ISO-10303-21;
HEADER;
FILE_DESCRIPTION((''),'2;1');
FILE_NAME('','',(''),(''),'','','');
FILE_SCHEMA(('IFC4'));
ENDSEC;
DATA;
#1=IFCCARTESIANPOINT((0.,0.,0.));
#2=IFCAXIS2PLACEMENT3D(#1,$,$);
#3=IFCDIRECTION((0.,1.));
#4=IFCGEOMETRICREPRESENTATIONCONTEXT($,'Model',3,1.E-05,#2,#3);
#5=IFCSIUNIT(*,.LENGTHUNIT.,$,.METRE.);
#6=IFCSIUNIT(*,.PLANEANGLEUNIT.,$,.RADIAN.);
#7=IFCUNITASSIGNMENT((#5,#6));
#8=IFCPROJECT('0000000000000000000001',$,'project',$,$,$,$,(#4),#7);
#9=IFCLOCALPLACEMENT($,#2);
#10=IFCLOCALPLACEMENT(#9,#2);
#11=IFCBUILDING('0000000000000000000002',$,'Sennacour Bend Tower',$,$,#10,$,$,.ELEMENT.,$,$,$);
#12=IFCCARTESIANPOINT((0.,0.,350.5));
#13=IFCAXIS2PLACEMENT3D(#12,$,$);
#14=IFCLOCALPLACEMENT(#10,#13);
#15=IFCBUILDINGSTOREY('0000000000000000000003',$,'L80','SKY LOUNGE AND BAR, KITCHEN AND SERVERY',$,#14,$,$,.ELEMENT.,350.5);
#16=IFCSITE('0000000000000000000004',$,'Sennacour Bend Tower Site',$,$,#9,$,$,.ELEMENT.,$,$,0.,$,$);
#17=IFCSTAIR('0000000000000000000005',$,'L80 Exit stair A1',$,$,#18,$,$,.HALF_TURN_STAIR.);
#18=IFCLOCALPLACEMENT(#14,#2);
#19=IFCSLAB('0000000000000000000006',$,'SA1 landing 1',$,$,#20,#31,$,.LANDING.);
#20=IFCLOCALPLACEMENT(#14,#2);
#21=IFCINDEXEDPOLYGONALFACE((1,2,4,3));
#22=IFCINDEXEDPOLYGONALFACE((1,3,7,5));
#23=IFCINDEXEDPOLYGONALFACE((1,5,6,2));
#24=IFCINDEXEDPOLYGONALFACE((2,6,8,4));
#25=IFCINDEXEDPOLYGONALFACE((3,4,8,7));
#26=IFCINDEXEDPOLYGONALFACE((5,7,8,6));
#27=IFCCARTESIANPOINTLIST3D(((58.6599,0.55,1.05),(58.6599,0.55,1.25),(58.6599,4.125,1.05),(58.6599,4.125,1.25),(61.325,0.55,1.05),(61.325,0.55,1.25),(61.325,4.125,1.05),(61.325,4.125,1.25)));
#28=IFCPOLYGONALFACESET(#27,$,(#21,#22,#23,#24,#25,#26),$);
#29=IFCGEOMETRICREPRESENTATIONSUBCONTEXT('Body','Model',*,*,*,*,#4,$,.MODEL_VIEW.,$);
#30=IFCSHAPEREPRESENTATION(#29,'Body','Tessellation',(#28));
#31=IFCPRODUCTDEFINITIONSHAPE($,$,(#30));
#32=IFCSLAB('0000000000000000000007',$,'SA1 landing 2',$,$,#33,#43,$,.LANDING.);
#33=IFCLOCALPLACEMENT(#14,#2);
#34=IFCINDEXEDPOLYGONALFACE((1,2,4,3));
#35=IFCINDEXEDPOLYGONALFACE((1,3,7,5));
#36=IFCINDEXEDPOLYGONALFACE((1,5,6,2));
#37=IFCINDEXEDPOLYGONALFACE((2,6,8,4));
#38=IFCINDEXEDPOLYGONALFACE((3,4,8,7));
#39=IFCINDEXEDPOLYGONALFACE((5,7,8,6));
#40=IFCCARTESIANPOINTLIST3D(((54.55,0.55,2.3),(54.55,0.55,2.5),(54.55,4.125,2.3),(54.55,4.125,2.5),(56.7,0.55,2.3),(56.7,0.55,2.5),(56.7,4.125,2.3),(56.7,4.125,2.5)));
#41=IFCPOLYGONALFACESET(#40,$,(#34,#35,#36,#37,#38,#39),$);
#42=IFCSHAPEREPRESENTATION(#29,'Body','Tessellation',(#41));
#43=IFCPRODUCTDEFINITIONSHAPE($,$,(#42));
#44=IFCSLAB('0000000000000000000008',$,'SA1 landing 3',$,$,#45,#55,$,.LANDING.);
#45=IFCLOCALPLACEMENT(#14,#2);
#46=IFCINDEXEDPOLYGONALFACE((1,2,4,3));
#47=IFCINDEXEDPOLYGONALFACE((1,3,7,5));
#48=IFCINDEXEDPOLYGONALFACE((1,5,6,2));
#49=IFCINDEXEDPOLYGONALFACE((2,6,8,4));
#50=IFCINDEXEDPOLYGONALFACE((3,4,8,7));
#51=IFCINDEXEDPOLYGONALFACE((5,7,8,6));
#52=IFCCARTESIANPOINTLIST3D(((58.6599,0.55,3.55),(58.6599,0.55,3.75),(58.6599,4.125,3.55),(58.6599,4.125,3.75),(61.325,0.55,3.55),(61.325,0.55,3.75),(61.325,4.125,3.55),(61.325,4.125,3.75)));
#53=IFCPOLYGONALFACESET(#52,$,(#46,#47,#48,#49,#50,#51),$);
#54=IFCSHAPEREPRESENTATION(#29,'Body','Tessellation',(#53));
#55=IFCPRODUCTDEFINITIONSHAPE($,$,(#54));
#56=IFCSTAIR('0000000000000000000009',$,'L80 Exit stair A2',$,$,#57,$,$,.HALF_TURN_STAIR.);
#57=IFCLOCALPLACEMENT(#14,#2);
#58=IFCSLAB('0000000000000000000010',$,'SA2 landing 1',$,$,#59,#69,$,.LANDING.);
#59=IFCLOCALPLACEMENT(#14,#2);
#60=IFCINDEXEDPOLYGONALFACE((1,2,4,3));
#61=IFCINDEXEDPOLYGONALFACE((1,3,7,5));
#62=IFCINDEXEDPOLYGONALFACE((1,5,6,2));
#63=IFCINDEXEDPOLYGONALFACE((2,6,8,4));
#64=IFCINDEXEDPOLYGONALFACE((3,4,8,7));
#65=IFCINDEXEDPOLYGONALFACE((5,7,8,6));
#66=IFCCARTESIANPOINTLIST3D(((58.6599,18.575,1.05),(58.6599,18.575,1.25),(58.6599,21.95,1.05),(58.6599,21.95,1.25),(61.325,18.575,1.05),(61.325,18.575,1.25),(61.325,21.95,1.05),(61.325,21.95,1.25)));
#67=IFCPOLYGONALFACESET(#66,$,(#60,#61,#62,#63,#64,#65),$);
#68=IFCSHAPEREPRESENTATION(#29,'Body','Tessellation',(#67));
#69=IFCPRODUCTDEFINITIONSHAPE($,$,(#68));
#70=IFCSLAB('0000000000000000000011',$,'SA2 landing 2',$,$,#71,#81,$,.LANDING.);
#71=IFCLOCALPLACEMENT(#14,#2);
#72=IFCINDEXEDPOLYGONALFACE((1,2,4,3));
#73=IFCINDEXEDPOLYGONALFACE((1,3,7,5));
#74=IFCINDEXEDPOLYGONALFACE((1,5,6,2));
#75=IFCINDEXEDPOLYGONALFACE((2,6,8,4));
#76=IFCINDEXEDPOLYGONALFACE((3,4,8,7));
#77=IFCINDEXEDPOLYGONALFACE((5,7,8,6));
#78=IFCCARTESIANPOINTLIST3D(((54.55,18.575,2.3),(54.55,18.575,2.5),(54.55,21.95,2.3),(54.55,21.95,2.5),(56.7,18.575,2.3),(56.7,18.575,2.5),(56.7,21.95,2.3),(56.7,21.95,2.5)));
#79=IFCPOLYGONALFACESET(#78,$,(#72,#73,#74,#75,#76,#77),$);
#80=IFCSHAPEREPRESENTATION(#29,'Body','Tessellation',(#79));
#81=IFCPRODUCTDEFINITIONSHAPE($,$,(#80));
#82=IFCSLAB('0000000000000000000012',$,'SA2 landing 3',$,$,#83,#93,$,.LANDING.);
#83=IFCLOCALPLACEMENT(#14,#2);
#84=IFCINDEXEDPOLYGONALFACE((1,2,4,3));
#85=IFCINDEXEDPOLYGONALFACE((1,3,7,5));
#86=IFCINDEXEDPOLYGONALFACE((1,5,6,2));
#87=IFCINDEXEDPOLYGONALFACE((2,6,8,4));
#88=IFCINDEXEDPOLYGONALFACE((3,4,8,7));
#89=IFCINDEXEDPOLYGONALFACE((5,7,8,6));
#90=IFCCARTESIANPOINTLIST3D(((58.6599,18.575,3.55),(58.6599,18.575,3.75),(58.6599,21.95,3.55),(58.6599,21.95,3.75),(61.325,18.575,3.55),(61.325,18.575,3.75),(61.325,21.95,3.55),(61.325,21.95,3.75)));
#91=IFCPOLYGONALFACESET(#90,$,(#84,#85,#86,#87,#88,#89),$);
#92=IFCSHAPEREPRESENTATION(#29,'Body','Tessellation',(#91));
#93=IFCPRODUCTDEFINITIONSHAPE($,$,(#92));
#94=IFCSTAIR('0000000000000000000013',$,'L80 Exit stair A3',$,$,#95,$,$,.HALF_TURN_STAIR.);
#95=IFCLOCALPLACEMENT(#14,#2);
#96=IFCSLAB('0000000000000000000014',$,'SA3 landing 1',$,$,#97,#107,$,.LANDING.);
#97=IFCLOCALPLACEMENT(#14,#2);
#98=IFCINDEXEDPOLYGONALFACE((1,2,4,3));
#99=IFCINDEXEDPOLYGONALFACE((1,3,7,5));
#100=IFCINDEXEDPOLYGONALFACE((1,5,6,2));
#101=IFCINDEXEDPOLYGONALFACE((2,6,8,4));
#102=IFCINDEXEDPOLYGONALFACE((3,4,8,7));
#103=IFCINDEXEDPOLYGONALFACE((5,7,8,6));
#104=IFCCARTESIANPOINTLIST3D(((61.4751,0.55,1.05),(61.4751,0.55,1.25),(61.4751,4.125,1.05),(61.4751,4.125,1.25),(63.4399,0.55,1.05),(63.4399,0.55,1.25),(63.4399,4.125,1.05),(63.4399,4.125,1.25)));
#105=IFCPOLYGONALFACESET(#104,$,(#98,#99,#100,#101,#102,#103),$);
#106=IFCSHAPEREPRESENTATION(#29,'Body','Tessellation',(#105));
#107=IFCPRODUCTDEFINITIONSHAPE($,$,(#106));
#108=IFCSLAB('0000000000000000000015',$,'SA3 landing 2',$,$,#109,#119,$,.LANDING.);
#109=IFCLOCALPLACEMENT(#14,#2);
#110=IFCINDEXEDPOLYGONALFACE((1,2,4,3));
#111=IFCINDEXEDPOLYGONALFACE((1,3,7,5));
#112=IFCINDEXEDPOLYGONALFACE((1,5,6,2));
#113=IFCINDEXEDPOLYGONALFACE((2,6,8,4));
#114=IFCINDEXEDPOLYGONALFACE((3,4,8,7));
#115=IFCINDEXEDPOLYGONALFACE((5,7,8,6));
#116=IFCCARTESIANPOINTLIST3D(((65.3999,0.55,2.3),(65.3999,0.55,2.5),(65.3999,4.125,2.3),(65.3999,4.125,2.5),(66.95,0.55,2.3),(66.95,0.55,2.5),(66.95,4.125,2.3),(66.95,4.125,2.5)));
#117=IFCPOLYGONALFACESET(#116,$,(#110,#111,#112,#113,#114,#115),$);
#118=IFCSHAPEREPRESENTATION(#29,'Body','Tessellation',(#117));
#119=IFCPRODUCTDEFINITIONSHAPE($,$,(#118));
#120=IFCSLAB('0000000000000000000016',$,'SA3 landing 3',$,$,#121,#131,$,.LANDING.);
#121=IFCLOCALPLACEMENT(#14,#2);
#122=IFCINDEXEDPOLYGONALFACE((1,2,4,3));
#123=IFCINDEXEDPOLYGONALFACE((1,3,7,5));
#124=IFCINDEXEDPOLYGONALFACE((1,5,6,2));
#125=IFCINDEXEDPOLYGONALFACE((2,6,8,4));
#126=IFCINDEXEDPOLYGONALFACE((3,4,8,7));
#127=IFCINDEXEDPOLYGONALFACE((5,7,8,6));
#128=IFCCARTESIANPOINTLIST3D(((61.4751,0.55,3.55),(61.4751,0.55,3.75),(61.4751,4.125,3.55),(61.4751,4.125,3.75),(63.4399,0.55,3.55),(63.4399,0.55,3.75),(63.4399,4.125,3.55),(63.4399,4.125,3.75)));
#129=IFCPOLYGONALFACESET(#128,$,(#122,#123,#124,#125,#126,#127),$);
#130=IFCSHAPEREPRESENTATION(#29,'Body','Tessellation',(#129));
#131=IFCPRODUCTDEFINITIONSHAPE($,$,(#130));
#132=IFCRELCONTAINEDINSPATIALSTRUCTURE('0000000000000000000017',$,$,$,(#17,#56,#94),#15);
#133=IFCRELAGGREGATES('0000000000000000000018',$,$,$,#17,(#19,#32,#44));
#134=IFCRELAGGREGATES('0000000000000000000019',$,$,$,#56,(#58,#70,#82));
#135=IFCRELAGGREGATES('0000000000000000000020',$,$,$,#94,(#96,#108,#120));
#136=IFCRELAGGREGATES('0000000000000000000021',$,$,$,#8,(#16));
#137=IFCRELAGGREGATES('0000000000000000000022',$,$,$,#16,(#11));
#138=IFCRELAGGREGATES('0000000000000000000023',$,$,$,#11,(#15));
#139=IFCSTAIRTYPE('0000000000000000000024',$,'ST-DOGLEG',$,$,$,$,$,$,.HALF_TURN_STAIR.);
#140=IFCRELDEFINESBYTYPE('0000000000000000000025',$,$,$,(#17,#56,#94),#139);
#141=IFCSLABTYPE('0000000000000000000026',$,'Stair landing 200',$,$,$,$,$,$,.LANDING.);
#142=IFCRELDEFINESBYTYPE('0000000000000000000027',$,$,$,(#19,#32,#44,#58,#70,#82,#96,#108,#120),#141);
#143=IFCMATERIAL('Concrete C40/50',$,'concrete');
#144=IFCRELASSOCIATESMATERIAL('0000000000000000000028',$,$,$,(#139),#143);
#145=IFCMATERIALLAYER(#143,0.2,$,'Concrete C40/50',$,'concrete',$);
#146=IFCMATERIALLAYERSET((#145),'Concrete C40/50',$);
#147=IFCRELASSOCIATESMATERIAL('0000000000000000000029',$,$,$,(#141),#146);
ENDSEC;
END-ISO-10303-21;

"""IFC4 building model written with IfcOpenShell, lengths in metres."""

from ifc_helpers import new_model, si_unit, direction, frame, origin, place, context, subcontext, project, spatial, polyline, outline, extrude, material, layer, layer_set, type_object, element, aggregate, save


model = new_model("IFC4")

# Units and contexts
model_context = context("Model", 3, precision=1e-05, world=origin(), true_north=direction((0.0, 1.0)))
body_context = subcontext(model_context, "Body", "Model", "MODEL_VIEW")
ifc_project = project(units=[si_unit("LENGTHUNIT", "METRE"), si_unit("PLANEANGLEUNIT", "RADIAN")], contexts=[model_context])

# Site, building, storey
site_placement = place(None, origin())
site = spatial("IfcSite", under=ifc_project, at=site_placement, Name="Sennacour Bend Tower Site", CompositionType="ELEMENT", RefElevation=0.0)
building_placement = place(site_placement, origin())
building = spatial("IfcBuilding", under=site, at=building_placement, Name="Sennacour Bend Tower", CompositionType="ELEMENT")
storey_placement = place(building_placement, frame((0.0, 0.0, 350.5)))
storey = spatial("IfcBuildingStorey", under=building, at=storey_placement, Name="L80", Description="SKY LOUNGE AND BAR, KITCHEN AND SERVERY", CompositionType="ELEMENT", Elevation=350.5)

# Stairs, slabs
ifc_material_1 = material(Name="Concrete C40/50", Category="concrete")
stair_type = type_object("IfcStairType", Name="ST-DOGLEG", PredefinedType="HALF_TURN_STAIR", material=ifc_material_1)
stair_1_placement = place(storey_placement, origin())
stair_1 = element("IfcStair", 1, at=stair_1_placement, inside=storey, type_object=stair_type, Name="L80 Exit stair A1", PredefinedType="HALF_TURN_STAIR")
ifc_layer_1 = layer(ifc_material_1, 0.2, Name="Concrete C40/50", Category="concrete")
ifc_layer_set_1 = layer_set([ifc_layer_1], Name="Concrete C40/50")
slab_type_1 = type_object("IfcSlabType", Name="Stair landing 200", PredefinedType="LANDING", material=ifc_layer_set_1)
slab_1_placement = place(storey_placement, frame((0.0, 0.0, 1.05)))
slab_1 = element("IfcSlab", 2, at=slab_1_placement, type_object=slab_type_1, Name="SA1 landing 1", PredefinedType="LANDING", context=body_context, shape_type="SweptSolid", body=[
    extrude(outline(polyline([(58.6599, 0.55), (61.325, 0.55), (61.325, 4.125), (58.6599, 4.125), (58.6599, 0.55)])), origin(), (0.0, 0.0, 1.0), 0.2),
])
slab_2_placement = place(storey_placement, frame((0.0, 0.0, 2.3)))
slab_2 = element("IfcSlab", 3, at=slab_2_placement, type_object=slab_type_1, Name="SA1 landing 2", PredefinedType="LANDING", context=body_context, shape_type="SweptSolid", body=[
    extrude(outline(polyline([(54.55, 0.55), (56.7, 0.55), (56.7, 4.125), (54.55, 4.125), (54.55, 0.55)])), origin(), (0.0, 0.0, 1.0), 0.2),
])
slab_3_placement = place(storey_placement, frame((0.0, 0.0, 3.55)))
slab_3 = element("IfcSlab", 4, at=slab_3_placement, type_object=slab_type_1, Name="SA1 landing 3", PredefinedType="LANDING", context=body_context, shape_type="SweptSolid", body=[
    extrude(outline(polyline([(58.6599, 0.55), (61.325, 0.55), (61.325, 4.125), (58.6599, 4.125), (58.6599, 0.55)])), origin(), (0.0, 0.0, 1.0), 0.2),
])
aggregate(stair_1, [slab_1, slab_2, slab_3])
stair_2_placement = place(storey_placement, origin())
stair_2 = element("IfcStair", 5, at=stair_2_placement, inside=storey, type_object=stair_type, Name="L80 Exit stair A2", PredefinedType="HALF_TURN_STAIR")
slab_4_placement = place(storey_placement, frame((0.0, 0.0, 1.05)))
slab_4 = element("IfcSlab", 6, at=slab_4_placement, type_object=slab_type_1, Name="SA2 landing 1", PredefinedType="LANDING", context=body_context, shape_type="SweptSolid", body=[
    extrude(outline(polyline([(58.6599, 18.575), (61.325, 18.575), (61.325, 21.95), (58.6599, 21.95), (58.6599, 18.575)])), origin(), (0.0, 0.0, 1.0), 0.2),
])
slab_5_placement = place(storey_placement, frame((0.0, 0.0, 2.3)))
slab_5 = element("IfcSlab", 7, at=slab_5_placement, type_object=slab_type_1, Name="SA2 landing 2", PredefinedType="LANDING", context=body_context, shape_type="SweptSolid", body=[
    extrude(outline(polyline([(54.55, 18.575), (56.7, 18.575), (56.7, 21.95), (54.55, 21.95), (54.55, 18.575)])), origin(), (0.0, 0.0, 1.0), 0.2),
])
slab_6_placement = place(storey_placement, frame((0.0, 0.0, 3.55)))
slab_6 = element("IfcSlab", 8, at=slab_6_placement, type_object=slab_type_1, Name="SA2 landing 3", PredefinedType="LANDING", context=body_context, shape_type="SweptSolid", body=[
    extrude(outline(polyline([(58.6599, 18.575), (61.325, 18.575), (61.325, 21.95), (58.6599, 21.95), (58.6599, 18.575)])), origin(), (0.0, 0.0, 1.0), 0.2),
])
aggregate(stair_2, [slab_4, slab_5, slab_6])
stair_3_placement = place(storey_placement, origin())
stair_3 = element("IfcStair", 9, at=stair_3_placement, inside=storey, type_object=stair_type, Name="L80 Exit stair A3", PredefinedType="HALF_TURN_STAIR")
slab_7_placement = place(storey_placement, frame((0.0, 0.0, 1.05)))
slab_7 = element("IfcSlab", 10, at=slab_7_placement, type_object=slab_type_1, Name="SA3 landing 1", PredefinedType="LANDING", context=body_context, shape_type="SweptSolid", body=[
    extrude(outline(polyline([(61.4751, 0.55), (63.4399, 0.55), (63.4399, 4.125), (61.4751, 4.125), (61.4751, 0.55)])), origin(), (0.0, 0.0, 1.0), 0.2),
])
slab_8_placement = place(storey_placement, frame((0.0, 0.0, 2.3)))
slab_8 = element("IfcSlab", 11, at=slab_8_placement, type_object=slab_type_1, Name="SA3 landing 2", PredefinedType="LANDING", context=body_context, shape_type="SweptSolid", body=[
    extrude(outline(polyline([(65.3999, 0.55), (66.95, 0.55), (66.95, 4.125), (65.3999, 4.125), (65.3999, 0.55)])), origin(), (0.0, 0.0, 1.0), 0.2),
])
slab_9_placement = place(storey_placement, frame((0.0, 0.0, 3.55)))
slab_9 = element("IfcSlab", 12, at=slab_9_placement, type_object=slab_type_1, Name="SA3 landing 3", PredefinedType="LANDING", context=body_context, shape_type="SweptSolid", body=[
    extrude(outline(polyline([(61.4751, 0.55), (63.4399, 0.55), (63.4399, 4.125), (61.4751, 4.125), (61.4751, 0.55)])), origin(), (0.0, 0.0, 1.0), 0.2),
])
aggregate(stair_3, [slab_7, slab_8, slab_9])

save(model, "model.ifc")
